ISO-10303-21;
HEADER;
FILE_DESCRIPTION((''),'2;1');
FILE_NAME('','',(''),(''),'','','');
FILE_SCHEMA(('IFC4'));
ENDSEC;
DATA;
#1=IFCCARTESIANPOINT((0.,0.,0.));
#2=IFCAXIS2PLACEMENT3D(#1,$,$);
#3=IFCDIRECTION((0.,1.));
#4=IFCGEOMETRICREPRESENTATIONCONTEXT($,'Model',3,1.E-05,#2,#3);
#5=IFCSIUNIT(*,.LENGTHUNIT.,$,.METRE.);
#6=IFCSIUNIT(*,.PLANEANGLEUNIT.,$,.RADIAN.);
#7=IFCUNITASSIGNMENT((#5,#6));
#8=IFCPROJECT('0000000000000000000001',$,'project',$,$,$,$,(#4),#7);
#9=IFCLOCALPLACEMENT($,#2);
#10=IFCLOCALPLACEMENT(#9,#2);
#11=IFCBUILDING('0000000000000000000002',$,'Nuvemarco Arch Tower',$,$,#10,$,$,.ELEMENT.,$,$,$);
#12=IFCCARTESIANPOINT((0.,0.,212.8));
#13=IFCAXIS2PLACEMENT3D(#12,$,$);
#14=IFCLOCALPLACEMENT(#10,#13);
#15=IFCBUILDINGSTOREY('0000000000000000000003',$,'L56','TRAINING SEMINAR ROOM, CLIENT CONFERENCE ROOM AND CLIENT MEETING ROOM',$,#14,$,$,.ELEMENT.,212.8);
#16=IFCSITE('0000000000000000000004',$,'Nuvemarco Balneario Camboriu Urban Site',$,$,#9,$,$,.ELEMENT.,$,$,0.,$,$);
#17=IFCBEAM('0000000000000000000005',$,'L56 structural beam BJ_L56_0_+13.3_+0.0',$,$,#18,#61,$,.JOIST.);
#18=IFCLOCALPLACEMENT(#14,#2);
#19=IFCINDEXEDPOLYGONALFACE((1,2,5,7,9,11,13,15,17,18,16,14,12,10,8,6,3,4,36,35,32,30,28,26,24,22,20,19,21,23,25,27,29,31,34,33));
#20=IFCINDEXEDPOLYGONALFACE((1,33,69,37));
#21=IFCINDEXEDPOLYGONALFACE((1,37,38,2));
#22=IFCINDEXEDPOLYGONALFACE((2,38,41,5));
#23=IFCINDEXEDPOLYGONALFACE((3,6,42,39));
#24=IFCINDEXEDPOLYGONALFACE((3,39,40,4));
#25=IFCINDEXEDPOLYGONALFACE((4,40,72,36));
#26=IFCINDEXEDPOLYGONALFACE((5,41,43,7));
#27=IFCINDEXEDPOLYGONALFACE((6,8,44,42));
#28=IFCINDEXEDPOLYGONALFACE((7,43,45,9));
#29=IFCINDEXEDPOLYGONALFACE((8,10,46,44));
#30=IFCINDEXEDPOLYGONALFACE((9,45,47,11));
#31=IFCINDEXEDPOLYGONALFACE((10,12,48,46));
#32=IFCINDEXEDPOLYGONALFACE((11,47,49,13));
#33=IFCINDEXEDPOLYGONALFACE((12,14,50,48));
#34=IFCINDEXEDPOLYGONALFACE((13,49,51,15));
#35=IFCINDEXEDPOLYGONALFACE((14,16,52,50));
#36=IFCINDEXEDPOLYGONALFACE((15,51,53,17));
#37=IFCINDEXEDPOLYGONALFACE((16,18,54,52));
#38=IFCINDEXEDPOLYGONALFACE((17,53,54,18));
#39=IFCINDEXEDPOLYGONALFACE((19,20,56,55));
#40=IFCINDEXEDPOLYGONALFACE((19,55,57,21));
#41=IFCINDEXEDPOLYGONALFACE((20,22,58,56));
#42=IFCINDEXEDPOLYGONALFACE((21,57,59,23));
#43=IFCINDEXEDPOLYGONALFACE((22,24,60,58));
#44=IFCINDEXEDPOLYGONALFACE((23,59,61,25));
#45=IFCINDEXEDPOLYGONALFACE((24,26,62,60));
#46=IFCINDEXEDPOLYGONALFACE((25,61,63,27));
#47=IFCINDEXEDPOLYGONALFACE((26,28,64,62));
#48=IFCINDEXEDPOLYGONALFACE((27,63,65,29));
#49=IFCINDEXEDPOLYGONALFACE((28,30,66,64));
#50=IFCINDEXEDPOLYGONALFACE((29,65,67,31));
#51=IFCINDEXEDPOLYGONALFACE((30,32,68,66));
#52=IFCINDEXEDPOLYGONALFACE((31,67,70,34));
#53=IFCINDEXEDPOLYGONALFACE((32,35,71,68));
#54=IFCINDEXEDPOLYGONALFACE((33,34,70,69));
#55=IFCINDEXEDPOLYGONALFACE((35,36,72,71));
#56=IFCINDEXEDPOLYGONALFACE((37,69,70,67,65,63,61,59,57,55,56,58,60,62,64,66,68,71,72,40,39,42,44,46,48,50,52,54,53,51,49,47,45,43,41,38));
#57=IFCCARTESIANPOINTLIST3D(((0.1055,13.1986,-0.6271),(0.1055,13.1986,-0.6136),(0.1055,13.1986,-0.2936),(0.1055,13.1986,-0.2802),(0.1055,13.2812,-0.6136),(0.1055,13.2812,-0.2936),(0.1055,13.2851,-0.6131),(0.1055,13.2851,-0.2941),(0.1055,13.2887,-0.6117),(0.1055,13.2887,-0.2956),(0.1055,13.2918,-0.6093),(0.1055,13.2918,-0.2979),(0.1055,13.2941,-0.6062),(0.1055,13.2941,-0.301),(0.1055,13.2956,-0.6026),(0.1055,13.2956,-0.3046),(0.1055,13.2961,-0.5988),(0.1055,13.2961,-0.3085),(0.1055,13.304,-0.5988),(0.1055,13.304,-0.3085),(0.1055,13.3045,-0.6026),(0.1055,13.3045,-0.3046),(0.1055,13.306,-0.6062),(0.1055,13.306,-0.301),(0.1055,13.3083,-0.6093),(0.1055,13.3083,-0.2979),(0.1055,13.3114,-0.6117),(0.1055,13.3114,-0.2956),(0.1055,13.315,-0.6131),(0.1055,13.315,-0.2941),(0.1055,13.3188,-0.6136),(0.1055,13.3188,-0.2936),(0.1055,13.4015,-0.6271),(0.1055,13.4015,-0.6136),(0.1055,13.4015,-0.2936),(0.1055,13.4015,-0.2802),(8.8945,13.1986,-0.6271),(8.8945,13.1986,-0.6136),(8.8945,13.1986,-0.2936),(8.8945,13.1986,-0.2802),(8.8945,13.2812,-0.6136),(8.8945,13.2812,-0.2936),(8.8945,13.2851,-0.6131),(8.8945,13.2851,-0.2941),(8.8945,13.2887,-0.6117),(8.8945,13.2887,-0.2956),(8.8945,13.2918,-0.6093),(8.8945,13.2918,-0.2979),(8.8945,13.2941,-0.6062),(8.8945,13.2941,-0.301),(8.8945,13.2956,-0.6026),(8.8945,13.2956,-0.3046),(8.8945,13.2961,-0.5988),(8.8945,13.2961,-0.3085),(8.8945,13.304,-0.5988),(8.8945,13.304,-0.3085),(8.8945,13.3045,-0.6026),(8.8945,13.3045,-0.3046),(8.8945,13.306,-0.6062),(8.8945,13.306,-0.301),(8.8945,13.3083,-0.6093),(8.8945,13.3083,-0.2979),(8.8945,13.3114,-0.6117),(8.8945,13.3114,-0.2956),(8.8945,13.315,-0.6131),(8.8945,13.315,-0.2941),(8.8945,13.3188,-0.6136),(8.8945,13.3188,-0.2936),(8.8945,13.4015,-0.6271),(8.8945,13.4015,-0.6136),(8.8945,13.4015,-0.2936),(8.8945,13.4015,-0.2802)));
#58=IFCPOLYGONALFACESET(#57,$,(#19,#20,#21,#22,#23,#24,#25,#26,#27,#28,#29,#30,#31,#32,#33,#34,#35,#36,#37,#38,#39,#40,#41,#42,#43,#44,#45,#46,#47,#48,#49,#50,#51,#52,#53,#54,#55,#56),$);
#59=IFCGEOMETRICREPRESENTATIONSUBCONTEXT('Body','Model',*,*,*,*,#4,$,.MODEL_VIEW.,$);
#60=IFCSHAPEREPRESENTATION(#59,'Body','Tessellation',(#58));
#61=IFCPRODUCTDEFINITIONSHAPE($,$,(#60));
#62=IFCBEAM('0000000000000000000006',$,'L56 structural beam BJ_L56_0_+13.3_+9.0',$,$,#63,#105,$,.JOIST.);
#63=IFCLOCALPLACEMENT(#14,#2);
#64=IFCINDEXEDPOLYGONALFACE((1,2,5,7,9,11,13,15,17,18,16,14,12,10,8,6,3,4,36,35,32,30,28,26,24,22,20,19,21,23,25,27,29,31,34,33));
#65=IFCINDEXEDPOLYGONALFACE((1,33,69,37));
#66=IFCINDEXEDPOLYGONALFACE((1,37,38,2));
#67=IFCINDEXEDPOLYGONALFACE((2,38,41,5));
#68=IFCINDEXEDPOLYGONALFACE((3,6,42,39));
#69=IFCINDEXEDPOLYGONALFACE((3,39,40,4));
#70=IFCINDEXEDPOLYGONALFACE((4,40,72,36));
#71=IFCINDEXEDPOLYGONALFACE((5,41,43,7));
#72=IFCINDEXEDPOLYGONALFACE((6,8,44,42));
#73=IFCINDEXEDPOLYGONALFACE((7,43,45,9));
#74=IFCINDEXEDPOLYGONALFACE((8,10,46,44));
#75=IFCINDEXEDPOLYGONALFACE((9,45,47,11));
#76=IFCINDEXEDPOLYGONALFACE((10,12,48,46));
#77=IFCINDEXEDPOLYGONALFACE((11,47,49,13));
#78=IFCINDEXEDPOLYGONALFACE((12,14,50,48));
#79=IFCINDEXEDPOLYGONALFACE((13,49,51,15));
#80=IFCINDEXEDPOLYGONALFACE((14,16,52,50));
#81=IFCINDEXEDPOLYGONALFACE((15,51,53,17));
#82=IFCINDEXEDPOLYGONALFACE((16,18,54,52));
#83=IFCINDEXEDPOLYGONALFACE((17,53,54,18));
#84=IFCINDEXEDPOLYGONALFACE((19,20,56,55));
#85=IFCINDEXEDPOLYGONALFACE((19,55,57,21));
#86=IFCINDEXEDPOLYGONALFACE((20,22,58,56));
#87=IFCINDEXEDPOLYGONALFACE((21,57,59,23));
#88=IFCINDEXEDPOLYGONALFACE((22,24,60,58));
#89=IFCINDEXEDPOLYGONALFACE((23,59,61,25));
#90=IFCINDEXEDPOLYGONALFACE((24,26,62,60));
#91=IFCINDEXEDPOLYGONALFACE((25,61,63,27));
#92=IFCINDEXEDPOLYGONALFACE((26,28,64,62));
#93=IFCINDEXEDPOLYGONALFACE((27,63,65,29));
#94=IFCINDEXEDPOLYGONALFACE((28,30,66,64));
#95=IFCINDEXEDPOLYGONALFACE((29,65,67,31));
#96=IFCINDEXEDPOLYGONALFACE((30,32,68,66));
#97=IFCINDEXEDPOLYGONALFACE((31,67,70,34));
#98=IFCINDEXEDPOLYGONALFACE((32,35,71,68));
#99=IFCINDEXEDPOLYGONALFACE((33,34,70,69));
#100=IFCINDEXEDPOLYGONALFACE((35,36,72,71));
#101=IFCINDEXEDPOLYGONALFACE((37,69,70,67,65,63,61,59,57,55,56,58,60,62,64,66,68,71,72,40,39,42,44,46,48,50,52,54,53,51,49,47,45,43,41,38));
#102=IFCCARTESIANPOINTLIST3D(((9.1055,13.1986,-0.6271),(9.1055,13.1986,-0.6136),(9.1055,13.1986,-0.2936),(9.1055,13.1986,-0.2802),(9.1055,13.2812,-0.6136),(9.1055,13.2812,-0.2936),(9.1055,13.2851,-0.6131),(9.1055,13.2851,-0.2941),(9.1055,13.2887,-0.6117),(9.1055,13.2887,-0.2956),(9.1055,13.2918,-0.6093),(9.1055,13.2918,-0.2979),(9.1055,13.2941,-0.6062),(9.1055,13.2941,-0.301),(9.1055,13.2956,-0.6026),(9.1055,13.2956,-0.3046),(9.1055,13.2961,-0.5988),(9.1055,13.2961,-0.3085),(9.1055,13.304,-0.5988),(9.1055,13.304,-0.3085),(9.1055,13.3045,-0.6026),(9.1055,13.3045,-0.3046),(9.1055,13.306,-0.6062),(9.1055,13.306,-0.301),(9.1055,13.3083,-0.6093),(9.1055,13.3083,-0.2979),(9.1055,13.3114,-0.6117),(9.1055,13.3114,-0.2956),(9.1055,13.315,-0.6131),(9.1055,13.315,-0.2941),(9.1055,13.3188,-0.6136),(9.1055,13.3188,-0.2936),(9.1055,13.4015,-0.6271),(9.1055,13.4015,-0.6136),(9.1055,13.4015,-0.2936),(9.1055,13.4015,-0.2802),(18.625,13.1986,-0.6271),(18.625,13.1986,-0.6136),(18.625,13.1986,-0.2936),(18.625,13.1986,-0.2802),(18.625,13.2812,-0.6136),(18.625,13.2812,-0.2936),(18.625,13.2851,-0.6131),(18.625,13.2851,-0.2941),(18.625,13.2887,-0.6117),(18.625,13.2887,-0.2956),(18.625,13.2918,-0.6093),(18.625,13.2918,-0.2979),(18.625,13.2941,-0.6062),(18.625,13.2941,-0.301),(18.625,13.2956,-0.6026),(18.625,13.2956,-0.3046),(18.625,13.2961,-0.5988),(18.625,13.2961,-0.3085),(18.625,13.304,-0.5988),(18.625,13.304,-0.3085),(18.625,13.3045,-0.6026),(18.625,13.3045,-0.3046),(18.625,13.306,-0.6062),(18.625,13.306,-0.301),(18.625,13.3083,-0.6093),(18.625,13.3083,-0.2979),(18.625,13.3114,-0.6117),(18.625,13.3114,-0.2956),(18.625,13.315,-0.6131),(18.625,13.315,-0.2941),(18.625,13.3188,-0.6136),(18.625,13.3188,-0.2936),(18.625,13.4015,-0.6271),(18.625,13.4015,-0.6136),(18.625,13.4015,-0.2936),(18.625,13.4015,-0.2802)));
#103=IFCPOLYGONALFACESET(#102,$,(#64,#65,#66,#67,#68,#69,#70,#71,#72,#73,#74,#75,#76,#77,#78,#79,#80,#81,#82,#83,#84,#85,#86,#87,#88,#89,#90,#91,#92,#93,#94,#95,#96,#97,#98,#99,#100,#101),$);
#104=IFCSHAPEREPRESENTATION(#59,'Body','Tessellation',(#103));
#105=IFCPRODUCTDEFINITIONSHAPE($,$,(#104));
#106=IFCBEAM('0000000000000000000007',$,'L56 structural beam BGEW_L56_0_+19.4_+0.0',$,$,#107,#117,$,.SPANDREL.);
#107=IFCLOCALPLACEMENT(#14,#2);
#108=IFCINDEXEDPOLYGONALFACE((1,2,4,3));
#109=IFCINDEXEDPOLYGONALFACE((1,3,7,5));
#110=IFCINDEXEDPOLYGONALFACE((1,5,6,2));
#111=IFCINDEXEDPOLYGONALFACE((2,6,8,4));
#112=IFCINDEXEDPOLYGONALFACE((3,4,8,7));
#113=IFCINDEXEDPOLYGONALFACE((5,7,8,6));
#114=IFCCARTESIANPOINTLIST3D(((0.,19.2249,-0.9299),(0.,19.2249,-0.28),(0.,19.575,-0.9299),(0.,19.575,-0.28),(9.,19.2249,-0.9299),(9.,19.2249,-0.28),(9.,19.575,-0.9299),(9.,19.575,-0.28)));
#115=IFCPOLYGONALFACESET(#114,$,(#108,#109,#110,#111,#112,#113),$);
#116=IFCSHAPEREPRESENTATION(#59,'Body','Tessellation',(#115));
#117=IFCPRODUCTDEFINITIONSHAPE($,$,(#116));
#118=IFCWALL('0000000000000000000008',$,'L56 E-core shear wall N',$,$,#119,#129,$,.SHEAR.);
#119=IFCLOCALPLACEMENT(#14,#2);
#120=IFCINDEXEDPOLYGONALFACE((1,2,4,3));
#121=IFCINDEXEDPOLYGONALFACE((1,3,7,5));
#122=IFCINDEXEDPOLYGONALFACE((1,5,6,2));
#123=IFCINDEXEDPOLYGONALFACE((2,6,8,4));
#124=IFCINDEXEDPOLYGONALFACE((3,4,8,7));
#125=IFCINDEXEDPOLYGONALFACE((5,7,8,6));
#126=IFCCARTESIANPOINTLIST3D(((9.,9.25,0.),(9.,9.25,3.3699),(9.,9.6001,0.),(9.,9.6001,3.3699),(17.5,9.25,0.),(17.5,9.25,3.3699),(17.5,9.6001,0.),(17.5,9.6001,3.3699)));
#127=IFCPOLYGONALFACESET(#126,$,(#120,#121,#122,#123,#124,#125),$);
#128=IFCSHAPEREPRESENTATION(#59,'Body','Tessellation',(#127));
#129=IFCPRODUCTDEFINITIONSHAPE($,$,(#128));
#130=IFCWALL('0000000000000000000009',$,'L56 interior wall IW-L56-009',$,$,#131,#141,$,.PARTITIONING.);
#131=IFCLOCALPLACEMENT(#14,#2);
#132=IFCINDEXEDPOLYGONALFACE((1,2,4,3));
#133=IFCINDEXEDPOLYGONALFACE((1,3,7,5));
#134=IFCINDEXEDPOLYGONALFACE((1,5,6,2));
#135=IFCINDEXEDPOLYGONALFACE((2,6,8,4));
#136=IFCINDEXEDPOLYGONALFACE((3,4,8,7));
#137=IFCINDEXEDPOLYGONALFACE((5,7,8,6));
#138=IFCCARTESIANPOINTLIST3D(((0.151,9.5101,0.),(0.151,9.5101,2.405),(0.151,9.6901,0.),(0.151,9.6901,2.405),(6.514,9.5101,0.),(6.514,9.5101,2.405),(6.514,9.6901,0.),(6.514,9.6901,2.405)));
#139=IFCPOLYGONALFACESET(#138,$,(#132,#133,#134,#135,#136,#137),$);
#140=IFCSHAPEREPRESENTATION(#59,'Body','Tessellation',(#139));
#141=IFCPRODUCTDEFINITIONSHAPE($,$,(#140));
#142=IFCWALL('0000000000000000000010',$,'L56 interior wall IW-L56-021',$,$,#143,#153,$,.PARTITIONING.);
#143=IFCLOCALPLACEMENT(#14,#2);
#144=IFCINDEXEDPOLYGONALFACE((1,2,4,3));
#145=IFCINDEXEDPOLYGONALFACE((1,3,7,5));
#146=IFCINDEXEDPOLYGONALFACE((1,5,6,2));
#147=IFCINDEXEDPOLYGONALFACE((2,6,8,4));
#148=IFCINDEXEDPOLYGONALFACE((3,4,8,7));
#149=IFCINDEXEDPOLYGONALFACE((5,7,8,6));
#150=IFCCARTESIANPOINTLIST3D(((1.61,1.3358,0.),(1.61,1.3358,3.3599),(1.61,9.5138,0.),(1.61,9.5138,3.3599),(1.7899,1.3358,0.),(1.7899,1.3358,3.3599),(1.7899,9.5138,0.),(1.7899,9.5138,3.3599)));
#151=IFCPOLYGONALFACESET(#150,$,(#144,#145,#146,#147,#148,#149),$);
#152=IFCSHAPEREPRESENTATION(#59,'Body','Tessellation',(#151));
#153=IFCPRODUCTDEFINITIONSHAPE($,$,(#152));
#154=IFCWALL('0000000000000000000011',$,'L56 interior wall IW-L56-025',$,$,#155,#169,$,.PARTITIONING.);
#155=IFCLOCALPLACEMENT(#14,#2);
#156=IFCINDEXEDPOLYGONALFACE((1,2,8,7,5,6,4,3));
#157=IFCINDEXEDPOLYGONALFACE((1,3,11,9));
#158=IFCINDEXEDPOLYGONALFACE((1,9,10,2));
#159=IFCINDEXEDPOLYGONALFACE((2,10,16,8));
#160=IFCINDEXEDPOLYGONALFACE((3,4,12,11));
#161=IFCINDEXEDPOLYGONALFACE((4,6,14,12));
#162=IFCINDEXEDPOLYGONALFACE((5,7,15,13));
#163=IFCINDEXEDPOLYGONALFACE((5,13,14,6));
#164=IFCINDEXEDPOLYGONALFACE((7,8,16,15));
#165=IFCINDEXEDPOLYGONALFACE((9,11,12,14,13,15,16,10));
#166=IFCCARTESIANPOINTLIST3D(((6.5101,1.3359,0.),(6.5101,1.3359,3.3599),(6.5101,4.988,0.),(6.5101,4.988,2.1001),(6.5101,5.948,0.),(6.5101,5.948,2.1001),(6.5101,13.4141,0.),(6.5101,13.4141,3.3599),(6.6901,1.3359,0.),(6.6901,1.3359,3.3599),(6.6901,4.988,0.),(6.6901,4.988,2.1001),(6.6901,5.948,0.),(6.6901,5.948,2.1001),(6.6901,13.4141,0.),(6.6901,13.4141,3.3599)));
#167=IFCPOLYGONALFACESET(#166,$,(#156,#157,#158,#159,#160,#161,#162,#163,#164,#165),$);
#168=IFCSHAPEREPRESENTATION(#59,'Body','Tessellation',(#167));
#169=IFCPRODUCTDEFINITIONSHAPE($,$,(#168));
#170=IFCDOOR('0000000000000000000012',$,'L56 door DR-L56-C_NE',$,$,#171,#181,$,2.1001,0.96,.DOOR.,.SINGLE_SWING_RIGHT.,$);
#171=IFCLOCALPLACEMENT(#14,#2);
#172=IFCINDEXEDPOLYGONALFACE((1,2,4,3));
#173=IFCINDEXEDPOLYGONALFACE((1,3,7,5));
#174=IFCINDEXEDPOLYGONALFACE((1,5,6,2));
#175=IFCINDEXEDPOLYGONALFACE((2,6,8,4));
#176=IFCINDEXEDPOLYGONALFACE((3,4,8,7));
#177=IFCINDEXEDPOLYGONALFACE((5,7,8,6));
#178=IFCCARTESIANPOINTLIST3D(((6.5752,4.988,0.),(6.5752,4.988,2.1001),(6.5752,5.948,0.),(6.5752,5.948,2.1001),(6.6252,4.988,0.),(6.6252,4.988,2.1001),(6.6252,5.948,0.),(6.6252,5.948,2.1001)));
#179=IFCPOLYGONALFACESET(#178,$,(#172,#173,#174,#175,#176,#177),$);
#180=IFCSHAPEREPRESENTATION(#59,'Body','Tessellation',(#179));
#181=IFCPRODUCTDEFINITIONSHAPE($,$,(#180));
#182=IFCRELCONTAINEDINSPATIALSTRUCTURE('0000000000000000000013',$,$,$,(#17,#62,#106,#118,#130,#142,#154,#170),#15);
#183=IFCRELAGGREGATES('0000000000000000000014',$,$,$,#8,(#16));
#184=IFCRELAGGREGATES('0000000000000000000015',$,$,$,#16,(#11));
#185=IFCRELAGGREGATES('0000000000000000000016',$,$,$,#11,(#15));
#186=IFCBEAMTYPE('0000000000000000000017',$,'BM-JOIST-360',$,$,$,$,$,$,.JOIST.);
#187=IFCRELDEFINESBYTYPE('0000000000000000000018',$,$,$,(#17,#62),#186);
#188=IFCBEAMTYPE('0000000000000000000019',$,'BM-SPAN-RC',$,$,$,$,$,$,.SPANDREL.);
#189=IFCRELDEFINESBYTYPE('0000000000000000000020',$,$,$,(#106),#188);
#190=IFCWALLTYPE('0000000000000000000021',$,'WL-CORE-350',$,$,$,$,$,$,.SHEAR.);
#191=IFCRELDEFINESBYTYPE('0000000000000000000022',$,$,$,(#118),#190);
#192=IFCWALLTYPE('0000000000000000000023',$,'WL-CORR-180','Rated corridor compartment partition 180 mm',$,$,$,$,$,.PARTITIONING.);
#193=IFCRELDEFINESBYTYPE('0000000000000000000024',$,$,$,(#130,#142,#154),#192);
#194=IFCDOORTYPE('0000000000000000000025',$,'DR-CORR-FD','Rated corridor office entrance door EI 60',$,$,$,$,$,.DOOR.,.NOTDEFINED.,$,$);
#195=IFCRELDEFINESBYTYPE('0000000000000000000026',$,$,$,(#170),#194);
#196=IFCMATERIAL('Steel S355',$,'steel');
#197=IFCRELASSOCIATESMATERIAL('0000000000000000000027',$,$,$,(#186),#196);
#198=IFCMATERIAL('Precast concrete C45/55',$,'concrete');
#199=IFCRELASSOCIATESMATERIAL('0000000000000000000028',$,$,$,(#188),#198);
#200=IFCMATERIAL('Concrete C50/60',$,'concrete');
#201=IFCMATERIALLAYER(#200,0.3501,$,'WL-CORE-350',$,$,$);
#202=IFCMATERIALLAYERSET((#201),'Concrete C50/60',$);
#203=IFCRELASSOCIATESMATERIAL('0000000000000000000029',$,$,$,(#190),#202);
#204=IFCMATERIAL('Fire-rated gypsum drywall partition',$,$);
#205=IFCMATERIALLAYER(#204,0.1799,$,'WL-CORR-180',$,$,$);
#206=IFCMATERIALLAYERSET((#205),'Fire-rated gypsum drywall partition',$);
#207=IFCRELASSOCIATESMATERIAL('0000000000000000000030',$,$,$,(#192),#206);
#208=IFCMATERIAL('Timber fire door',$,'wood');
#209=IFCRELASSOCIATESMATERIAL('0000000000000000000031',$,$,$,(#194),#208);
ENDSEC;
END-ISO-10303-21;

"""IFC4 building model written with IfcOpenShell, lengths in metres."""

from ifc_helpers import new_model, si_unit, direction, frame, frame_2d, origin, origin_2d, place, context, subcontext, project, spatial, rectangle, i_section, extrude, source, transform, mapped, material, layer, layer_set, material_profile, profile_set, type_object, type_shapes, element, fill, save


model = new_model("IFC4")

# Units and contexts
model_context = context("Model", 3, precision=1e-05, world=origin(), true_north=direction((0.0, 1.0)))
body_context = subcontext(model_context, "Body", "Model", "MODEL_VIEW")
ifc_project = project(units=[si_unit("LENGTHUNIT", "METRE"), si_unit("PLANEANGLEUNIT", "RADIAN")], contexts=[model_context])

# Site, building, storey
site_placement = place(None, origin())
site = spatial("IfcSite", under=ifc_project, at=site_placement, Name="Nuvemarco Balneario Camboriu Urban Site", CompositionType="ELEMENT", RefElevation=0.0)
building_placement = place(site_placement, origin())
building = spatial("IfcBuilding", under=site, at=building_placement, Name="Nuvemarco Arch Tower", CompositionType="ELEMENT")
storey_placement = place(building_placement, frame((0.0, 0.0, 212.8)))
storey = spatial("IfcBuildingStorey", under=building, at=storey_placement, Name="L56", Description="TRAINING SEMINAR ROOM, CLIENT CONFERENCE ROOM AND CLIENT MEETING ROOM", CompositionType="ELEMENT", Elevation=212.8)

# Shared definitions
ifc_material_1 = material(Name="Concrete C50/60", Category="concrete")
ifc_material_2 = material(Name="Steel S355", Category="steel")

# Beams
ifc_material_profile_1 = material_profile(ifc_material_2, i_section(OverallWidth=0.2029, OverallDepth=0.3469, WebThickness=0.0078, FlangeThickness=0.0134, FilletRadius=0.0149, at=origin_2d()), Name="W360x64")
ifc_profile_set_1 = profile_set([ifc_material_profile_1], Name="Steel S355")
beam_type_1 = type_object("IfcBeamType", Name="BM-JOIST-360", PredefinedType="JOIST", material=ifc_profile_set_1)
beam_1_placement = place(storey_placement, frame((0.1055, 13.3, -0.4536), z_axis=(1.0, 0.0, 0.0), x_axis=(0.0, 1.0, 0.0)))
element("IfcBeam", 1, at=beam_1_placement, inside=storey, type_object=beam_type_1, Name="L56 structural beam BJ_L56_0_+13.3_+0.0", PredefinedType="JOIST", context=body_context, shape_type="SweptSolid", body=[
    extrude(i_section(OverallWidth=0.2029, OverallDepth=0.3469, WebThickness=0.0078, FlangeThickness=0.0134, FilletRadius=0.0149, at=origin_2d()), origin(), (0.0, 0.0, 1.0), 8.7891),
])
beam_2_placement = place(storey_placement, frame((9.1055, 13.3, -0.4536), z_axis=(1.0, 0.0, 0.0), x_axis=(0.0, 1.0, 0.0)))
element("IfcBeam", 2, at=beam_2_placement, inside=storey, type_object=beam_type_1, Name="L56 structural beam BJ_L56_0_+13.3_+9.0", PredefinedType="JOIST", context=body_context, shape_type="SweptSolid", body=[
    extrude(i_section(OverallWidth=0.2029, OverallDepth=0.3469, WebThickness=0.0078, FlangeThickness=0.0134, FilletRadius=0.0149, at=origin_2d()), origin(), (0.0, 0.0, 1.0), 9.5195),
])
ifc_material_3 = material(Name="Precast concrete C45/55", Category="concrete")
ifc_material_profile_2 = material_profile(ifc_material_3, rectangle(XDim=0.3501, YDim=0.6499, at=origin_2d()), Name="PC-SP-350x650")
ifc_profile_set_2 = profile_set([ifc_material_profile_2], Name="Precast concrete C45/55")
beam_type_2 = type_object("IfcBeamType", Name="BM-SPAN-RC", PredefinedType="SPANDREL", material=ifc_profile_set_2)
beam_3_placement = place(storey_placement, frame((0.0, 19.3999, -0.605), z_axis=(1.0, 0.0, 0.0), x_axis=(0.0, 1.0, 0.0)))
element("IfcBeam", 3, at=beam_3_placement, inside=storey, type_object=beam_type_2, Name="L56 structural beam BGEW_L56_0_+19.4_+0.0", PredefinedType="SPANDREL", context=body_context, shape_type="SweptSolid", body=[
    extrude(rectangle(XDim=0.3501, YDim=0.6499, at=origin_2d()), origin(), (0.0, 0.0, 1.0), 9.0),
])

# Walls
ifc_layer_1 = layer(ifc_material_1, 0.3501, Name="WL-CORE-350")
ifc_layer_set_1 = layer_set([ifc_layer_1], Name="Concrete C50/60")
wall_type_1 = type_object("IfcWallType", Name="WL-CORE-350", PredefinedType="SHEAR", material=ifc_layer_set_1)
wall_1_placement = place(storey_placement, frame((9.0, 9.425, 0.0), z_axis=(0.0, 0.0, 1.0), x_axis=(1.0, 0.0, 0.0)))
element("IfcWall", 4, at=wall_1_placement, inside=storey, type_object=wall_type_1, Name="L56 E-core shear wall N", PredefinedType="SHEAR", context=body_context, shape_type="SweptSolid", body=[
    extrude(rectangle(XDim=8.5, YDim=0.3501, at=frame_2d((4.25, 0.0))), origin(), (0.0, 0.0, 1.0), 3.3699),
])
ifc_material_4 = material(Name="Fire-rated gypsum drywall partition")
ifc_layer_2 = layer(ifc_material_4, 0.1799, Name="WL-CORR-180")
ifc_layer_set_2 = layer_set([ifc_layer_2], Name="Fire-rated gypsum drywall partition")
wall_type_2 = type_object("IfcWallType", Name="WL-CORR-180", Description="Rated corridor compartment partition 180 mm", PredefinedType="PARTITIONING", material=ifc_layer_set_2)
wall_2_placement = place(storey_placement, frame((0.1509, 9.6001, 0.0), z_axis=(0.0, 0.0, 1.0), x_axis=(1.0, 0.0, 0.0)))
element("IfcWall", 5, at=wall_2_placement, inside=storey, type_object=wall_type_2, Name="L56 interior wall IW-L56-009", PredefinedType="PARTITIONING", context=body_context, shape_type="SweptSolid", body=[
    extrude(rectangle(XDim=6.363, YDim=0.1799, at=frame_2d((3.1816, 0.0))), origin(), (0.0, 0.0, 1.0), 2.405),
])
wall_3_placement = place(storey_placement, frame((1.7, 1.3359, 0.0), z_axis=(0.0, 0.0, 1.0), x_axis=(0.0, 1.0, 0.0)))
element("IfcWall", 6, at=wall_3_placement, inside=storey, type_object=wall_type_2, Name="L56 interior wall IW-L56-021", PredefinedType="PARTITIONING", context=body_context, shape_type="SweptSolid", body=[
    extrude(rectangle(XDim=8.178, YDim=0.1799, at=frame_2d((4.0889, 0.0))), origin(), (0.0, 0.0, 1.0), 3.3599),
])

# Wall, opening, door
wall_4_placement = place(storey_placement, frame((6.6001, 1.3359, 0.0), z_axis=(0.0, 0.0, 1.0), x_axis=(0.0, 1.0, 0.0)))
wall_4 = element("IfcWall", 7, at=wall_4_placement, inside=storey, type_object=wall_type_2, Name="L56 interior wall IW-L56-025", PredefinedType="PARTITIONING", context=body_context, shape_type="SweptSolid", body=[
    extrude(rectangle(XDim=12.0781, YDim=0.1799, at=frame_2d((6.0391, 0.0))), origin(), (0.0, 0.0, 1.0), 3.3599),
])
opening_placement = place(wall_4_placement, frame((3.6521, 0.0, 0.0)))
opening = element("IfcOpeningElement", 8, at=opening_placement, cuts=wall_4, PredefinedType="OPENING", context=body_context, shape_type="SweptSolid", body=[
    extrude(rectangle(XDim=0.96, YDim=2.1001, at=frame_2d((0.48, 1.05))), frame((0.0, 0.0999, 0.0), z_axis=(0.0, -1.0, 0.0), x_axis=(1.0, 0.0, 0.0)), (0.0, 0.0, 1.0), 0.2),
])
ifc_material_5 = material(Name="Timber fire door", Category="wood")
door_type = type_object("IfcDoorType", Name="DR-CORR-FD", Description="Rated corridor office entrance door EI 60", OperationType="NOTDEFINED", PredefinedType="DOOR", material=ifc_material_5)
shared_shape_1 = source(origin(), body_context, "Body", "SweptSolid", [
    extrude(rectangle(XDim=0.96, YDim=2.1001, at=frame_2d((0.48, 1.05))), frame((0.0, 0.0249, 0.0), z_axis=(0.0, -1.0, 0.0), x_axis=(1.0, 0.0, 0.0)), (0.0, 0.0, 1.0), 0.05),
])
type_shapes(door_type, [shared_shape_1])
door_placement = place(opening_placement, origin())
door = element("IfcDoor", 9, at=door_placement, inside=storey, type_object=door_type, Name="L56 door DR-L56-C_NE", OperationType="SINGLE_SWING_RIGHT", OverallHeight=2.1001, OverallWidth=0.96, PredefinedType="DOOR", context=body_context, shape_type="MappedRepresentation", body=[
    mapped(shared_shape_1, transform((0.0, 0.0, 0.0), scale=1.0)),
])
fill(opening, door)

save(model, "model.ifc")
